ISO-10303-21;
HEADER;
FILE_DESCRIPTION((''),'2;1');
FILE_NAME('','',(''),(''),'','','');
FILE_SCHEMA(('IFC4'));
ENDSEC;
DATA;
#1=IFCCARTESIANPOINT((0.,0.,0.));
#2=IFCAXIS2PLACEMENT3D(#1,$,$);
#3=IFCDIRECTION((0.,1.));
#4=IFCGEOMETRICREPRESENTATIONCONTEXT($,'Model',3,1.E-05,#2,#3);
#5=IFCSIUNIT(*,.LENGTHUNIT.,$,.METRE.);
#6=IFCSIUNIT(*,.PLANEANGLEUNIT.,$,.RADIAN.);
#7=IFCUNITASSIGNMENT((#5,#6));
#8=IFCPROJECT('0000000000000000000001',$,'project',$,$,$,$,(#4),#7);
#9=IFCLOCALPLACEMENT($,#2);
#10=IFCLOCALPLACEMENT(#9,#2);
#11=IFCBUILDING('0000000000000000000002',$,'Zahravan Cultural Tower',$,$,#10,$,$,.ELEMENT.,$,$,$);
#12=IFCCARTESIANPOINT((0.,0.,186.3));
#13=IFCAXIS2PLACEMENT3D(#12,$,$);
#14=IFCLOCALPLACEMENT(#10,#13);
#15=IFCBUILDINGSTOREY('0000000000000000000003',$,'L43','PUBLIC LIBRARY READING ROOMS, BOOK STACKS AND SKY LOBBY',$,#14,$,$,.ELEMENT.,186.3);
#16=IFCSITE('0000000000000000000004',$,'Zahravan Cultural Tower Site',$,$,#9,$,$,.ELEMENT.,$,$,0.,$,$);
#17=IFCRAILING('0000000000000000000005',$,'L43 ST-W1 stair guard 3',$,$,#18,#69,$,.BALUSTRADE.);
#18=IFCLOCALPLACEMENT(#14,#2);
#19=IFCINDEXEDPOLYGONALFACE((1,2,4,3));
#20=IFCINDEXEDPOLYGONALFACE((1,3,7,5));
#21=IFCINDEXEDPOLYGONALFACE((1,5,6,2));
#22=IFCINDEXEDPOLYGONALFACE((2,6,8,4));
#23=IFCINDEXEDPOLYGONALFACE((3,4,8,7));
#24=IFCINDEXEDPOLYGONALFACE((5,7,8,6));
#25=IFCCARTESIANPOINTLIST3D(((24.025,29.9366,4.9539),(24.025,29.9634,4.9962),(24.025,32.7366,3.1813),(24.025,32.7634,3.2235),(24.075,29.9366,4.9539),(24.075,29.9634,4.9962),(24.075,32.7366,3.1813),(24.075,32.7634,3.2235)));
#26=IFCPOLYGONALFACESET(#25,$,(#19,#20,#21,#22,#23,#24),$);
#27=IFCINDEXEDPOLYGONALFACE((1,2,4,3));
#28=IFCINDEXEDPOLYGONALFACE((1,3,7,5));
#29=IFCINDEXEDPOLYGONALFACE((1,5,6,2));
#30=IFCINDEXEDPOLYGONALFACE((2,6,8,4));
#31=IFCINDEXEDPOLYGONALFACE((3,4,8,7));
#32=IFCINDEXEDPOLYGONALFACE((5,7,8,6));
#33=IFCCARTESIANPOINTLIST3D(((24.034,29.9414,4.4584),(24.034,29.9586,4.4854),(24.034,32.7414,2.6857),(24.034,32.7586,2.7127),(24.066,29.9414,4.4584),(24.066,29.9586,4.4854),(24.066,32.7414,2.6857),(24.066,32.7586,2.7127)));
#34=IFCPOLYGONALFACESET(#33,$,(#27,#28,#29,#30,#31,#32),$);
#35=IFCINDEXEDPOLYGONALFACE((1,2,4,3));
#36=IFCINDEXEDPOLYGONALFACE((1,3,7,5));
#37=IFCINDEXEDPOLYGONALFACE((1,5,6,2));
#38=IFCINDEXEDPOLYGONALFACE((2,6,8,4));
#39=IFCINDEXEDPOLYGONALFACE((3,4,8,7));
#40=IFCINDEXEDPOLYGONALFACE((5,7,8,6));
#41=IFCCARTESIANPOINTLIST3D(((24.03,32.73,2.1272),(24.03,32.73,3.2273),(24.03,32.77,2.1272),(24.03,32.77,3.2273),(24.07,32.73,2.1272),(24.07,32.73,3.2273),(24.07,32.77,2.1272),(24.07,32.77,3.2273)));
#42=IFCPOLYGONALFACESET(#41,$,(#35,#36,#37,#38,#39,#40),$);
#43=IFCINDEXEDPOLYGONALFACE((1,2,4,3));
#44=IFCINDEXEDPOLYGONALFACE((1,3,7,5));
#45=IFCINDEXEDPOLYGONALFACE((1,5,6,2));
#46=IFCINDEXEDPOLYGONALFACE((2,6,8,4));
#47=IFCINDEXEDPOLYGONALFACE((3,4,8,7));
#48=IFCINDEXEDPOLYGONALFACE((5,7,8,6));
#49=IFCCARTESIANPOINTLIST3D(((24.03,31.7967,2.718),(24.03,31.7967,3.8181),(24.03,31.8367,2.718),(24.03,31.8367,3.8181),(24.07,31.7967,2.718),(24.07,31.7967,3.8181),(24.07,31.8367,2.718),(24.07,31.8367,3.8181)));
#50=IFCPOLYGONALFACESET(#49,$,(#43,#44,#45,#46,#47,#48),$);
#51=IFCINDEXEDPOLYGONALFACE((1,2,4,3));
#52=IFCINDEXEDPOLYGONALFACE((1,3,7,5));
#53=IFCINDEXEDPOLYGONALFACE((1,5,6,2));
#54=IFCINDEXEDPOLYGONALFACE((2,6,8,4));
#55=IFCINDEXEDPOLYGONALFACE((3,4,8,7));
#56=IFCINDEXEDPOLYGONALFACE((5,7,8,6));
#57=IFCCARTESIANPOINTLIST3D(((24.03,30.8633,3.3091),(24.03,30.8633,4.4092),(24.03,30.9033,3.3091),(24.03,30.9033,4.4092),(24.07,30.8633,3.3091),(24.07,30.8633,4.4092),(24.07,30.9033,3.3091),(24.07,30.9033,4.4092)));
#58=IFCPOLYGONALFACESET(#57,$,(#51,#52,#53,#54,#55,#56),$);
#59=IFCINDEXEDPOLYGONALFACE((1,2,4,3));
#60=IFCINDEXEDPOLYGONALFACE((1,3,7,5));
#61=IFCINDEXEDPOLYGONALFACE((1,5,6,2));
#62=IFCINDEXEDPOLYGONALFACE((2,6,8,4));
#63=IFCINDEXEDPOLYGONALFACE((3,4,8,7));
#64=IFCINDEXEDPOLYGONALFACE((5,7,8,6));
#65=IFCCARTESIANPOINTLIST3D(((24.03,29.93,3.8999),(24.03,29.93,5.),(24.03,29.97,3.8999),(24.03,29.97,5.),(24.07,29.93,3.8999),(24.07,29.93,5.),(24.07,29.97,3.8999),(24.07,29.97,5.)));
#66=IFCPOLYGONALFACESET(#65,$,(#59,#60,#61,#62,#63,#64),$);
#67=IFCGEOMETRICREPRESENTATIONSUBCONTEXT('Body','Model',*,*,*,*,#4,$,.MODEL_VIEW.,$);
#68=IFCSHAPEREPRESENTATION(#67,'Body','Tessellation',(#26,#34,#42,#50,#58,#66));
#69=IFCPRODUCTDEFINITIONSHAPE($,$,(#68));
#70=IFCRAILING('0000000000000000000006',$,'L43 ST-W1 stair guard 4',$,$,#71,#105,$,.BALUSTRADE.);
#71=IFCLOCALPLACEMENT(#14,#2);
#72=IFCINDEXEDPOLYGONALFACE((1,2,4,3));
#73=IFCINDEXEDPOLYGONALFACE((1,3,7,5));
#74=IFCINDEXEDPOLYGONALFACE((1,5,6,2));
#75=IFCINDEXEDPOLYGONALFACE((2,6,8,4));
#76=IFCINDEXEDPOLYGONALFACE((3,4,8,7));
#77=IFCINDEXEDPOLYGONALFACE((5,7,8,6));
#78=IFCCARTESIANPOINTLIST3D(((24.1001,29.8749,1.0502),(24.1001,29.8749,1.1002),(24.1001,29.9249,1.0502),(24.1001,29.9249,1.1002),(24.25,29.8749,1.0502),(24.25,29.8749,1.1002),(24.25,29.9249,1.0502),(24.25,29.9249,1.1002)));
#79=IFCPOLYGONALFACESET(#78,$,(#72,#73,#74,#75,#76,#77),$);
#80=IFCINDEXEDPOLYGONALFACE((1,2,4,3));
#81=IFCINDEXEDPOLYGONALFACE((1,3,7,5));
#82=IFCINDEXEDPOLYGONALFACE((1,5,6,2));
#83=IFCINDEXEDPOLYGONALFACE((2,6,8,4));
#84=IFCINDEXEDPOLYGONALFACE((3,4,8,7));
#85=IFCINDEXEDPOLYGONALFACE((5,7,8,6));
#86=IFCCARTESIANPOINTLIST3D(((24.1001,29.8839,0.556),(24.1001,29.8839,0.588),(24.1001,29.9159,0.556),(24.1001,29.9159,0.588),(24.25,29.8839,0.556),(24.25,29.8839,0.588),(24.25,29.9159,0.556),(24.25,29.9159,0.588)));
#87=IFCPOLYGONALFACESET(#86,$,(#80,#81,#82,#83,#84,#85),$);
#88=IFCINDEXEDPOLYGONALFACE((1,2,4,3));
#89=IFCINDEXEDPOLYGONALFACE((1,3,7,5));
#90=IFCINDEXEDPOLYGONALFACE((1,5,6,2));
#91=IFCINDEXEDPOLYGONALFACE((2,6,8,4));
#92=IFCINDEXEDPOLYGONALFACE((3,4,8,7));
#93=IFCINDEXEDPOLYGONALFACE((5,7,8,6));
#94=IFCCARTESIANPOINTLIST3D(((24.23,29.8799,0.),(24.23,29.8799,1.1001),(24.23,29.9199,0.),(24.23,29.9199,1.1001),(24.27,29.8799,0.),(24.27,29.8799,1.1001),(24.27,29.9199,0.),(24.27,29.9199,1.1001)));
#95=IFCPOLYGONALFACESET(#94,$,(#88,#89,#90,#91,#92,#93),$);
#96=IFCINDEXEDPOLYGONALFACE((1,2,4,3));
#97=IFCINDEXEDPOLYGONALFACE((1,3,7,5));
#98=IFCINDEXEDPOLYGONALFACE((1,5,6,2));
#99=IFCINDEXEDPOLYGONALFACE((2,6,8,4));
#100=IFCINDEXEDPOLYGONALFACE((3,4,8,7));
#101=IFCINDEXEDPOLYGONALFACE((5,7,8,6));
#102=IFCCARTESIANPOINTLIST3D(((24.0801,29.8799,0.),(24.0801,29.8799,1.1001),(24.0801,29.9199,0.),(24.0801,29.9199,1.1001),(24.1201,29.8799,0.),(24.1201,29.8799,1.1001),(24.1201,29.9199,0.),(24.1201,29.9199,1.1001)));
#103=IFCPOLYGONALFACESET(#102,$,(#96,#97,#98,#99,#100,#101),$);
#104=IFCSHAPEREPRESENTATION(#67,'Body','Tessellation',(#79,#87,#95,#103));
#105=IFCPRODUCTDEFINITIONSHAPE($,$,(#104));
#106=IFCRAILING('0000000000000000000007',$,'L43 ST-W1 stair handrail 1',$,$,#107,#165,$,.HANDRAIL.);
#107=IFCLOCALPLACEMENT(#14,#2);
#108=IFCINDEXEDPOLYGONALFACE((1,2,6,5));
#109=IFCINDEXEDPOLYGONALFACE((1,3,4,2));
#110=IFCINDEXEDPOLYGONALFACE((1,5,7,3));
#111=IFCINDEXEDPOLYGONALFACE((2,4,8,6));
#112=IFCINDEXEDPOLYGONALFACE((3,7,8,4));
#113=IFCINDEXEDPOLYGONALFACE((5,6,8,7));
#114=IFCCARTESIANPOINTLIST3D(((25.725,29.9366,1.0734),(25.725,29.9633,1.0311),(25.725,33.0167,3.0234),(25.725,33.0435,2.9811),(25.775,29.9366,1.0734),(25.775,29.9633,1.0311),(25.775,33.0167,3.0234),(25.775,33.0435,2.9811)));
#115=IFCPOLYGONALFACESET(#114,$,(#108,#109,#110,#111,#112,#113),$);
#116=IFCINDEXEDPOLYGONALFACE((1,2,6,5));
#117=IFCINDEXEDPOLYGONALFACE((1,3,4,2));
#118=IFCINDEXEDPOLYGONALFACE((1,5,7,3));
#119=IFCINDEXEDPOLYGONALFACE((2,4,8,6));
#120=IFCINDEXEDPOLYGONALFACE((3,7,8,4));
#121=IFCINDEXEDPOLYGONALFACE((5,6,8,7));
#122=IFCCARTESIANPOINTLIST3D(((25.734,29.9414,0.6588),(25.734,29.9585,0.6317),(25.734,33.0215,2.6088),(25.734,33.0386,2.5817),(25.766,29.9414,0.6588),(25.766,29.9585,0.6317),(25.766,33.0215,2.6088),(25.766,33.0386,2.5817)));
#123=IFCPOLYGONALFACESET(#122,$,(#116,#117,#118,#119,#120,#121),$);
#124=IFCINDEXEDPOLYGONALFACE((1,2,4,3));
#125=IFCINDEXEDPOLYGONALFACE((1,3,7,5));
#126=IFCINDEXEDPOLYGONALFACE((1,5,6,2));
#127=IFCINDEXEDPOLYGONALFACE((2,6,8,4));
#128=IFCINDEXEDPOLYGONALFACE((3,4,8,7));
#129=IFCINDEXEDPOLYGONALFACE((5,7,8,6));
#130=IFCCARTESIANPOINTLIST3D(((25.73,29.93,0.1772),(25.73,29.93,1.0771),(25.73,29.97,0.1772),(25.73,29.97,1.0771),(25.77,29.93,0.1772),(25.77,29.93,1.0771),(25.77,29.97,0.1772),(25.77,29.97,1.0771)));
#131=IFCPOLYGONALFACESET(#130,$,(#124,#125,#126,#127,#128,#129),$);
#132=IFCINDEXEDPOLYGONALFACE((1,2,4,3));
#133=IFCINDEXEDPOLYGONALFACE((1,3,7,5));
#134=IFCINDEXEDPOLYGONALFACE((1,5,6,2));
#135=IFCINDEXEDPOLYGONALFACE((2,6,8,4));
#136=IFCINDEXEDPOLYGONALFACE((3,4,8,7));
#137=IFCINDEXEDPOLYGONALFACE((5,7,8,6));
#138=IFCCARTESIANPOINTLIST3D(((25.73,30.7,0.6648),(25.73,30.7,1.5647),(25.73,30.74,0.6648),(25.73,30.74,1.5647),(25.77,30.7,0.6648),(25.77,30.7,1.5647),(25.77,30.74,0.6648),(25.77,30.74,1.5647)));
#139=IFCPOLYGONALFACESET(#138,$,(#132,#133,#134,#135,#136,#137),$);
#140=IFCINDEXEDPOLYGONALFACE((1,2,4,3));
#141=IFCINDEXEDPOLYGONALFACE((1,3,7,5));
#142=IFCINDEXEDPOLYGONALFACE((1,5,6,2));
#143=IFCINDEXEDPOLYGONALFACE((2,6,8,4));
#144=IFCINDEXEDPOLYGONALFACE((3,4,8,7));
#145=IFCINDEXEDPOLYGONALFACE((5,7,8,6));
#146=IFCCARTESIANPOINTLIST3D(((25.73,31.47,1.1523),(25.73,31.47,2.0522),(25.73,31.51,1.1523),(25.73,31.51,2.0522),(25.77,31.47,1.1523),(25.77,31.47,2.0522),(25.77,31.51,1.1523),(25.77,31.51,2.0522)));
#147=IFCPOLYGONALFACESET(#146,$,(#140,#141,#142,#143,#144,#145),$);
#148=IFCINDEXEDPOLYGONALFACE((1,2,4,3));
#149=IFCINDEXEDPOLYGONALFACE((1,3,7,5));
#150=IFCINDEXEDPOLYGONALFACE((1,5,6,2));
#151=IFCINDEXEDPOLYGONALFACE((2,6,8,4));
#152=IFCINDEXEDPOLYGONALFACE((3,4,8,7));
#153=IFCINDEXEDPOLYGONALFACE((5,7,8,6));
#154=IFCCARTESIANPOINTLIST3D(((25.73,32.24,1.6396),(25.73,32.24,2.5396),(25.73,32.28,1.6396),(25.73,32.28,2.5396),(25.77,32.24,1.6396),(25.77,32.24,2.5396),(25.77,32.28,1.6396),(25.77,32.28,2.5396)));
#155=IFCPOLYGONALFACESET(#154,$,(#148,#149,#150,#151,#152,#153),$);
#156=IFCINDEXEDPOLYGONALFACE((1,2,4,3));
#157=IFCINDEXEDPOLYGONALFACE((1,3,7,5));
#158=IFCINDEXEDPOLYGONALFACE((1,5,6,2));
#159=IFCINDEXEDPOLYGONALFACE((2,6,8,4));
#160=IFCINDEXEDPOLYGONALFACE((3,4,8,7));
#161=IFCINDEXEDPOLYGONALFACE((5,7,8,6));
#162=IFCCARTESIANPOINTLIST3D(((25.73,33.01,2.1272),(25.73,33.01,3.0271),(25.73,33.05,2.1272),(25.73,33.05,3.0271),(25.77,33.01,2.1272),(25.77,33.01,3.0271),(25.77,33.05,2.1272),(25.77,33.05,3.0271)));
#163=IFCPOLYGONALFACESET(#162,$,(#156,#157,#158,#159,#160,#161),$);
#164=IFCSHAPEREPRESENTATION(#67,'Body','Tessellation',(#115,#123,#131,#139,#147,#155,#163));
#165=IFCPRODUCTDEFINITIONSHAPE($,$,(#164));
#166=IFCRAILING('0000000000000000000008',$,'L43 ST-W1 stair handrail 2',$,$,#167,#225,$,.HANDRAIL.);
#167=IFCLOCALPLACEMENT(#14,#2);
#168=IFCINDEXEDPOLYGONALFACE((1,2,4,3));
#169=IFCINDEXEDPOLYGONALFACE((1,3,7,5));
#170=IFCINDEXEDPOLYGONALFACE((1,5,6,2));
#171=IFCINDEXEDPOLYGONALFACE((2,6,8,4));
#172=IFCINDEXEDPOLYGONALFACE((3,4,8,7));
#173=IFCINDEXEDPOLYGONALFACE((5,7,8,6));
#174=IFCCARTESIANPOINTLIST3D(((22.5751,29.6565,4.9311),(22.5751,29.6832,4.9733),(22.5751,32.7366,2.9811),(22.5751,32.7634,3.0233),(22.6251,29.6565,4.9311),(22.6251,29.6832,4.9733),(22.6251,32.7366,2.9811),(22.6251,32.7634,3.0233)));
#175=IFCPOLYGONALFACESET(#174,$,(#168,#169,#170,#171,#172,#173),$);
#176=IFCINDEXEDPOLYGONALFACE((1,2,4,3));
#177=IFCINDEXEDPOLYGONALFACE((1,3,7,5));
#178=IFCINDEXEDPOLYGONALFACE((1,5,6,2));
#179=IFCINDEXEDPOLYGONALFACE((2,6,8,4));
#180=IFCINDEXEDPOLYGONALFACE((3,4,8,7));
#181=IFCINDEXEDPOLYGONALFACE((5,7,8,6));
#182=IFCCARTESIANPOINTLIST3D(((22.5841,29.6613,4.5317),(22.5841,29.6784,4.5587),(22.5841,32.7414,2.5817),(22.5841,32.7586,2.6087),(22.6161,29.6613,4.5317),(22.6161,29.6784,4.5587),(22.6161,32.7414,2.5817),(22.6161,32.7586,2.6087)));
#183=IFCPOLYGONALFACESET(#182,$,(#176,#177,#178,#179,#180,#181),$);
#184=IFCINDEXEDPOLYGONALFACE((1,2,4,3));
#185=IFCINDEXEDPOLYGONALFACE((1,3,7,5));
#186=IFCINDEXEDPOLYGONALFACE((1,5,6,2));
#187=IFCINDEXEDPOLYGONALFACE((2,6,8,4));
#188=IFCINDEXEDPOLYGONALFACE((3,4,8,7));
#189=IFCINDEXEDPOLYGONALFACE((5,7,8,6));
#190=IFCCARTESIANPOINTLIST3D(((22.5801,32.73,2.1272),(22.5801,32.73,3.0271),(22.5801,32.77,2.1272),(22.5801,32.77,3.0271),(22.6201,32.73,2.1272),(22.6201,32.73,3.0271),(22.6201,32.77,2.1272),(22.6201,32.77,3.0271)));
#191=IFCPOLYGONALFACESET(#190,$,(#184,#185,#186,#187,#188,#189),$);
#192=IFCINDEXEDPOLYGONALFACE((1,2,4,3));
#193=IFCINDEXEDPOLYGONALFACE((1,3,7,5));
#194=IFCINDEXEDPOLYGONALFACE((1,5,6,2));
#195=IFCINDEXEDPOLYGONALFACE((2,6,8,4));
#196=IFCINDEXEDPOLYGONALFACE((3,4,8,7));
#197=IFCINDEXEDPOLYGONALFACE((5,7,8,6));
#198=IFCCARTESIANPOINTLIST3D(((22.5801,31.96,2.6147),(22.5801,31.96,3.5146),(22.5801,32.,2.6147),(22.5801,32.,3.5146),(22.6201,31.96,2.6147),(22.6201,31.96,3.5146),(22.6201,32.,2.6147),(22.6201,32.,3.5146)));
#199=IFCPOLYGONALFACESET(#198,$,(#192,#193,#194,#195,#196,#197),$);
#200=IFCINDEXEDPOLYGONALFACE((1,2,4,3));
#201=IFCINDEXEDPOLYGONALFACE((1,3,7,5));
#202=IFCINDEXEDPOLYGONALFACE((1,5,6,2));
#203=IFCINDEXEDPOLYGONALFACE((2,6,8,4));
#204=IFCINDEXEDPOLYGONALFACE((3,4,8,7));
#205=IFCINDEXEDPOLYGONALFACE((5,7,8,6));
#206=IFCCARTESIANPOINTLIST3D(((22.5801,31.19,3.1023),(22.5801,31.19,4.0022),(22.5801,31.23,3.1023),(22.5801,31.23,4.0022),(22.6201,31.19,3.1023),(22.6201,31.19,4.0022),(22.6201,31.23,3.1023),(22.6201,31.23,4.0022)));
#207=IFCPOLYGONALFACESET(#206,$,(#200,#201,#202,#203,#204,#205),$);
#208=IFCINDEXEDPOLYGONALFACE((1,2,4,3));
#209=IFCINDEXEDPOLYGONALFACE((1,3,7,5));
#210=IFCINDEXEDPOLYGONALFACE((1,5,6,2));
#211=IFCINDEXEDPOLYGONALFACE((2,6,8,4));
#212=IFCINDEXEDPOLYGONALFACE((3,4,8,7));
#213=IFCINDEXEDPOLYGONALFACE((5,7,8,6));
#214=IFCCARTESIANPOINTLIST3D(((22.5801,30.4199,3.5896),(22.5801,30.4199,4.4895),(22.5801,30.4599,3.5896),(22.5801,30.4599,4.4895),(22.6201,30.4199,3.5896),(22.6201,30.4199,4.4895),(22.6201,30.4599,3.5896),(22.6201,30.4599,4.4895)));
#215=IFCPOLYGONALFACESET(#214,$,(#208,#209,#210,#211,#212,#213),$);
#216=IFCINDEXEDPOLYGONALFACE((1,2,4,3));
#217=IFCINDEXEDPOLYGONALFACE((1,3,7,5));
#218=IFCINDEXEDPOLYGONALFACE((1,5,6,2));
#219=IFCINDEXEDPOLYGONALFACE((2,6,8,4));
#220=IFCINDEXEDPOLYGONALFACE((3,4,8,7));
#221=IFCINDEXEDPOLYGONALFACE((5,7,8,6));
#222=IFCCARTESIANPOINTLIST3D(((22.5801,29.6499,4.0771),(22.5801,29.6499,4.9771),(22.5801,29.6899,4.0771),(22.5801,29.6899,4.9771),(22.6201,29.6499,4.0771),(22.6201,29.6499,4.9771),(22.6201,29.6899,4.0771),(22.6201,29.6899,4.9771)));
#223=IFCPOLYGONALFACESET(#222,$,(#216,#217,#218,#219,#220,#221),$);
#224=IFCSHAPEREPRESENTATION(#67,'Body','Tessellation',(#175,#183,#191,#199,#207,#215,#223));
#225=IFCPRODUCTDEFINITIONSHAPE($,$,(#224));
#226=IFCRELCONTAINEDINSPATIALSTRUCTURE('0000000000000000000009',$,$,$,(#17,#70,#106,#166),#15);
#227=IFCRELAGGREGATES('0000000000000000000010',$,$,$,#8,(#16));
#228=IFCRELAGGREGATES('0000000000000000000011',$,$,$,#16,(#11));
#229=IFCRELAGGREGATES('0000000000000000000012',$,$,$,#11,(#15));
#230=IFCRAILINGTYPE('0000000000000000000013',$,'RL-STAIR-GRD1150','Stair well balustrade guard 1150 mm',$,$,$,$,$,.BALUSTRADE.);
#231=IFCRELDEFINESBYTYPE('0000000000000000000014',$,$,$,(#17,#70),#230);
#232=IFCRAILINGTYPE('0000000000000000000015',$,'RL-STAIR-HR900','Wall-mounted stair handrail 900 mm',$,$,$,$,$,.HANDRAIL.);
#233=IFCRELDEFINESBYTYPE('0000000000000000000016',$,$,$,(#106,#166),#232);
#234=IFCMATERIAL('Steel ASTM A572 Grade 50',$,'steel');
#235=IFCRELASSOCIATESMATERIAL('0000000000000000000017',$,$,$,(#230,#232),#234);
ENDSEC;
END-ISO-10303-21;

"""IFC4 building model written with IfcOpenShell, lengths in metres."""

from ifc_helpers import new_model, si_unit, direction, frame, origin, origin_2d, place, context, subcontext, project, spatial, rectangle, extrude, material, type_object, element, save


model = new_model("IFC4")

# Units and contexts
model_context = context("Model", 3, precision=1e-05, world=origin(), true_north=direction((0.0, 1.0)))
body_context = subcontext(model_context, "Body", "Model", "MODEL_VIEW")
ifc_project = project(units=[si_unit("LENGTHUNIT", "METRE"), si_unit("PLANEANGLEUNIT", "RADIAN")], contexts=[model_context])

# Site, building, storey
site_placement = place(None, origin())
site = spatial("IfcSite", under=ifc_project, at=site_placement, Name="Zahravan Cultural Tower Site", CompositionType="ELEMENT", RefElevation=0.0)
building_placement = place(site_placement, origin())
building = spatial("IfcBuilding", under=site, at=building_placement, Name="Zahravan Cultural Tower", CompositionType="ELEMENT")
storey_placement = place(building_placement, frame((0.0, 0.0, 186.3)))
storey = spatial("IfcBuildingStorey", under=building, at=storey_placement, Name="L43", Description="PUBLIC LIBRARY READING ROOMS, BOOK STACKS AND SKY LOBBY", CompositionType="ELEMENT", Elevation=186.3)

# Railings
ifc_material_1 = material(Name="Steel ASTM A572 Grade 50", Category="steel")
railing_type_1 = type_object("IfcRailingType", Name="RL-STAIR-GRD1150", Description="Stair well balustrade guard 1150 mm", PredefinedType="BALUSTRADE", material=ifc_material_1)
railing_1_placement = place(storey_placement, frame((24.05, 32.75, 2.1272)))
element("IfcRailing", 1, at=railing_1_placement, inside=storey, type_object=railing_type_1, Name="L43 ST-W1 stair guard 3", PredefinedType="BALUSTRADE", context=body_context, shape_type="SweptSolid", body=[
    extrude(rectangle(XDim=0.05, YDim=0.05, at=origin_2d()), frame((0.0, 0.0, 1.0752), z_axis=(0.0, -0.844909, 0.53491), x_axis=(1.0, 0.0, 0.0)), (0.0, 0.0, 1.0), 3.314),
    extrude(rectangle(XDim=0.032, YDim=0.032, at=origin_2d()), frame((0.0, 0.0, 0.572), z_axis=(0.0, -0.844909, 0.53491), x_axis=(1.0, 0.0, 0.0)), (0.0, 0.0, 1.0), 3.314),
    extrude(rectangle(XDim=0.04, YDim=0.04, at=origin_2d()), origin(), (0.0, 0.0, 1.0), 1.1001),
    extrude(rectangle(XDim=0.04, YDim=0.04, at=origin_2d()), frame((0.0, -0.9333, 0.5908)), (0.0, 0.0, 1.0), 1.1001),
    extrude(rectangle(XDim=0.04, YDim=0.04, at=origin_2d()), frame((0.0, -1.8667, 1.1819)), (0.0, 0.0, 1.0), 1.1001),
    extrude(rectangle(XDim=0.04, YDim=0.04, at=origin_2d()), frame((0.0, -2.8, 1.7727)), (0.0, 0.0, 1.0), 1.1001),
])
railing_2_placement = place(storey_placement, frame((24.25, 29.8999, 0.0)))
element("IfcRailing", 2, at=railing_2_placement, inside=storey, type_object=railing_type_1, Name="L43 ST-W1 stair guard 4", PredefinedType="BALUSTRADE", context=body_context, shape_type="SweptSolid", body=[
    extrude(rectangle(XDim=0.05, YDim=0.05, at=origin_2d()), frame((0.0, 0.0, 1.0752), z_axis=(-1.0, 0.0, 0.0), x_axis=(0.0, -1.0, 0.0)), (0.0, 0.0, 1.0), 0.1499),
    extrude(rectangle(XDim=0.032, YDim=0.032, at=origin_2d()), frame((0.0, 0.0, 0.572), z_axis=(-1.0, 0.0, 0.0), x_axis=(0.0, -1.0, 0.0)), (0.0, 0.0, 1.0), 0.1499),
    extrude(rectangle(XDim=0.04, YDim=0.04, at=origin_2d()), origin(), (0.0, 0.0, 1.0), 1.1001),
    extrude(rectangle(XDim=0.04, YDim=0.04, at=origin_2d()), frame((-0.1499, 0.0, 0.0)), (0.0, 0.0, 1.0), 1.1001),
])
railing_type_2 = type_object("IfcRailingType", Name="RL-STAIR-HR900", Description="Wall-mounted stair handrail 900 mm", PredefinedType="HANDRAIL", material=ifc_material_1)
railing_3_placement = place(storey_placement, frame((25.75, 29.95, 0.1772)))
element("IfcRailing", 3, at=railing_3_placement, inside=storey, type_object=railing_type_2, Name="L43 ST-W1 stair handrail 1", PredefinedType="HANDRAIL", context=body_context, shape_type="SweptSolid", body=[
    extrude(rectangle(XDim=0.05, YDim=0.05, at=origin_2d()), frame((0.0, 0.0, 0.875), z_axis=(0.0, 0.844914, 0.534902), x_axis=(-1.0, 0.0, 0.0)), (0.0, 0.0, 1.0), 3.6455),
    extrude(rectangle(XDim=0.032, YDim=0.032, at=origin_2d()), frame((0.0, 0.0, 0.468), z_axis=(0.0, 0.844914, 0.534902), x_axis=(-1.0, 0.0, 0.0)), (0.0, 0.0, 1.0), 3.6455),
    extrude(rectangle(XDim=0.04, YDim=0.04, at=origin_2d()), origin(), (0.0, 0.0, 1.0), 0.8999),
    extrude(rectangle(XDim=0.04, YDim=0.04, at=origin_2d()), frame((0.0, 0.77, 0.4875)), (0.0, 0.0, 1.0), 0.8999),
    extrude(rectangle(XDim=0.04, YDim=0.04, at=origin_2d()), frame((0.0, 1.54, 0.9751)), (0.0, 0.0, 1.0), 0.8999),
    extrude(rectangle(XDim=0.04, YDim=0.04, at=origin_2d()), frame((0.0, 2.3101, 1.4624)), (0.0, 0.0, 1.0), 0.8999),
    extrude(rectangle(XDim=0.04, YDim=0.04, at=origin_2d()), frame((0.0, 3.0801, 1.95)), (0.0, 0.0, 1.0), 0.8999),
])
railing_4_placement = place(storey_placement, frame((22.6001, 32.75, 2.1272)))
element("IfcRailing", 4, at=railing_4_placement, inside=storey, type_object=railing_type_2, Name="L43 ST-W1 stair handrail 2", PredefinedType="HANDRAIL", context=body_context, shape_type="SweptSolid", body=[
    extrude(rectangle(XDim=0.05, YDim=0.05, at=origin_2d()), frame((0.0, 0.0, 0.875), z_axis=(0.0, -0.844914, 0.534902), x_axis=(1.0, 0.0, 0.0)), (0.0, 0.0, 1.0), 3.6455),
    extrude(rectangle(XDim=0.032, YDim=0.032, at=origin_2d()), frame((0.0, 0.0, 0.468), z_axis=(0.0, -0.844914, 0.534902), x_axis=(1.0, 0.0, 0.0)), (0.0, 0.0, 1.0), 3.6455),
    extrude(rectangle(XDim=0.04, YDim=0.04, at=origin_2d()), origin(), (0.0, 0.0, 1.0), 0.8999),
    extrude(rectangle(XDim=0.04, YDim=0.04, at=origin_2d()), frame((0.0, -0.77, 0.4875)), (0.0, 0.0, 1.0), 0.8999),
    extrude(rectangle(XDim=0.04, YDim=0.04, at=origin_2d()), frame((0.0, -1.54, 0.9751)), (0.0, 0.0, 1.0), 0.8999),
    extrude(rectangle(XDim=0.04, YDim=0.04, at=origin_2d()), frame((0.0, -2.3101, 1.4624)), (0.0, 0.0, 1.0), 0.8999),
    extrude(rectangle(XDim=0.04, YDim=0.04, at=origin_2d()), frame((0.0, -3.0801, 1.95)), (0.0, 0.0, 1.0), 0.8999),
])

save(model, "model.ifc")
